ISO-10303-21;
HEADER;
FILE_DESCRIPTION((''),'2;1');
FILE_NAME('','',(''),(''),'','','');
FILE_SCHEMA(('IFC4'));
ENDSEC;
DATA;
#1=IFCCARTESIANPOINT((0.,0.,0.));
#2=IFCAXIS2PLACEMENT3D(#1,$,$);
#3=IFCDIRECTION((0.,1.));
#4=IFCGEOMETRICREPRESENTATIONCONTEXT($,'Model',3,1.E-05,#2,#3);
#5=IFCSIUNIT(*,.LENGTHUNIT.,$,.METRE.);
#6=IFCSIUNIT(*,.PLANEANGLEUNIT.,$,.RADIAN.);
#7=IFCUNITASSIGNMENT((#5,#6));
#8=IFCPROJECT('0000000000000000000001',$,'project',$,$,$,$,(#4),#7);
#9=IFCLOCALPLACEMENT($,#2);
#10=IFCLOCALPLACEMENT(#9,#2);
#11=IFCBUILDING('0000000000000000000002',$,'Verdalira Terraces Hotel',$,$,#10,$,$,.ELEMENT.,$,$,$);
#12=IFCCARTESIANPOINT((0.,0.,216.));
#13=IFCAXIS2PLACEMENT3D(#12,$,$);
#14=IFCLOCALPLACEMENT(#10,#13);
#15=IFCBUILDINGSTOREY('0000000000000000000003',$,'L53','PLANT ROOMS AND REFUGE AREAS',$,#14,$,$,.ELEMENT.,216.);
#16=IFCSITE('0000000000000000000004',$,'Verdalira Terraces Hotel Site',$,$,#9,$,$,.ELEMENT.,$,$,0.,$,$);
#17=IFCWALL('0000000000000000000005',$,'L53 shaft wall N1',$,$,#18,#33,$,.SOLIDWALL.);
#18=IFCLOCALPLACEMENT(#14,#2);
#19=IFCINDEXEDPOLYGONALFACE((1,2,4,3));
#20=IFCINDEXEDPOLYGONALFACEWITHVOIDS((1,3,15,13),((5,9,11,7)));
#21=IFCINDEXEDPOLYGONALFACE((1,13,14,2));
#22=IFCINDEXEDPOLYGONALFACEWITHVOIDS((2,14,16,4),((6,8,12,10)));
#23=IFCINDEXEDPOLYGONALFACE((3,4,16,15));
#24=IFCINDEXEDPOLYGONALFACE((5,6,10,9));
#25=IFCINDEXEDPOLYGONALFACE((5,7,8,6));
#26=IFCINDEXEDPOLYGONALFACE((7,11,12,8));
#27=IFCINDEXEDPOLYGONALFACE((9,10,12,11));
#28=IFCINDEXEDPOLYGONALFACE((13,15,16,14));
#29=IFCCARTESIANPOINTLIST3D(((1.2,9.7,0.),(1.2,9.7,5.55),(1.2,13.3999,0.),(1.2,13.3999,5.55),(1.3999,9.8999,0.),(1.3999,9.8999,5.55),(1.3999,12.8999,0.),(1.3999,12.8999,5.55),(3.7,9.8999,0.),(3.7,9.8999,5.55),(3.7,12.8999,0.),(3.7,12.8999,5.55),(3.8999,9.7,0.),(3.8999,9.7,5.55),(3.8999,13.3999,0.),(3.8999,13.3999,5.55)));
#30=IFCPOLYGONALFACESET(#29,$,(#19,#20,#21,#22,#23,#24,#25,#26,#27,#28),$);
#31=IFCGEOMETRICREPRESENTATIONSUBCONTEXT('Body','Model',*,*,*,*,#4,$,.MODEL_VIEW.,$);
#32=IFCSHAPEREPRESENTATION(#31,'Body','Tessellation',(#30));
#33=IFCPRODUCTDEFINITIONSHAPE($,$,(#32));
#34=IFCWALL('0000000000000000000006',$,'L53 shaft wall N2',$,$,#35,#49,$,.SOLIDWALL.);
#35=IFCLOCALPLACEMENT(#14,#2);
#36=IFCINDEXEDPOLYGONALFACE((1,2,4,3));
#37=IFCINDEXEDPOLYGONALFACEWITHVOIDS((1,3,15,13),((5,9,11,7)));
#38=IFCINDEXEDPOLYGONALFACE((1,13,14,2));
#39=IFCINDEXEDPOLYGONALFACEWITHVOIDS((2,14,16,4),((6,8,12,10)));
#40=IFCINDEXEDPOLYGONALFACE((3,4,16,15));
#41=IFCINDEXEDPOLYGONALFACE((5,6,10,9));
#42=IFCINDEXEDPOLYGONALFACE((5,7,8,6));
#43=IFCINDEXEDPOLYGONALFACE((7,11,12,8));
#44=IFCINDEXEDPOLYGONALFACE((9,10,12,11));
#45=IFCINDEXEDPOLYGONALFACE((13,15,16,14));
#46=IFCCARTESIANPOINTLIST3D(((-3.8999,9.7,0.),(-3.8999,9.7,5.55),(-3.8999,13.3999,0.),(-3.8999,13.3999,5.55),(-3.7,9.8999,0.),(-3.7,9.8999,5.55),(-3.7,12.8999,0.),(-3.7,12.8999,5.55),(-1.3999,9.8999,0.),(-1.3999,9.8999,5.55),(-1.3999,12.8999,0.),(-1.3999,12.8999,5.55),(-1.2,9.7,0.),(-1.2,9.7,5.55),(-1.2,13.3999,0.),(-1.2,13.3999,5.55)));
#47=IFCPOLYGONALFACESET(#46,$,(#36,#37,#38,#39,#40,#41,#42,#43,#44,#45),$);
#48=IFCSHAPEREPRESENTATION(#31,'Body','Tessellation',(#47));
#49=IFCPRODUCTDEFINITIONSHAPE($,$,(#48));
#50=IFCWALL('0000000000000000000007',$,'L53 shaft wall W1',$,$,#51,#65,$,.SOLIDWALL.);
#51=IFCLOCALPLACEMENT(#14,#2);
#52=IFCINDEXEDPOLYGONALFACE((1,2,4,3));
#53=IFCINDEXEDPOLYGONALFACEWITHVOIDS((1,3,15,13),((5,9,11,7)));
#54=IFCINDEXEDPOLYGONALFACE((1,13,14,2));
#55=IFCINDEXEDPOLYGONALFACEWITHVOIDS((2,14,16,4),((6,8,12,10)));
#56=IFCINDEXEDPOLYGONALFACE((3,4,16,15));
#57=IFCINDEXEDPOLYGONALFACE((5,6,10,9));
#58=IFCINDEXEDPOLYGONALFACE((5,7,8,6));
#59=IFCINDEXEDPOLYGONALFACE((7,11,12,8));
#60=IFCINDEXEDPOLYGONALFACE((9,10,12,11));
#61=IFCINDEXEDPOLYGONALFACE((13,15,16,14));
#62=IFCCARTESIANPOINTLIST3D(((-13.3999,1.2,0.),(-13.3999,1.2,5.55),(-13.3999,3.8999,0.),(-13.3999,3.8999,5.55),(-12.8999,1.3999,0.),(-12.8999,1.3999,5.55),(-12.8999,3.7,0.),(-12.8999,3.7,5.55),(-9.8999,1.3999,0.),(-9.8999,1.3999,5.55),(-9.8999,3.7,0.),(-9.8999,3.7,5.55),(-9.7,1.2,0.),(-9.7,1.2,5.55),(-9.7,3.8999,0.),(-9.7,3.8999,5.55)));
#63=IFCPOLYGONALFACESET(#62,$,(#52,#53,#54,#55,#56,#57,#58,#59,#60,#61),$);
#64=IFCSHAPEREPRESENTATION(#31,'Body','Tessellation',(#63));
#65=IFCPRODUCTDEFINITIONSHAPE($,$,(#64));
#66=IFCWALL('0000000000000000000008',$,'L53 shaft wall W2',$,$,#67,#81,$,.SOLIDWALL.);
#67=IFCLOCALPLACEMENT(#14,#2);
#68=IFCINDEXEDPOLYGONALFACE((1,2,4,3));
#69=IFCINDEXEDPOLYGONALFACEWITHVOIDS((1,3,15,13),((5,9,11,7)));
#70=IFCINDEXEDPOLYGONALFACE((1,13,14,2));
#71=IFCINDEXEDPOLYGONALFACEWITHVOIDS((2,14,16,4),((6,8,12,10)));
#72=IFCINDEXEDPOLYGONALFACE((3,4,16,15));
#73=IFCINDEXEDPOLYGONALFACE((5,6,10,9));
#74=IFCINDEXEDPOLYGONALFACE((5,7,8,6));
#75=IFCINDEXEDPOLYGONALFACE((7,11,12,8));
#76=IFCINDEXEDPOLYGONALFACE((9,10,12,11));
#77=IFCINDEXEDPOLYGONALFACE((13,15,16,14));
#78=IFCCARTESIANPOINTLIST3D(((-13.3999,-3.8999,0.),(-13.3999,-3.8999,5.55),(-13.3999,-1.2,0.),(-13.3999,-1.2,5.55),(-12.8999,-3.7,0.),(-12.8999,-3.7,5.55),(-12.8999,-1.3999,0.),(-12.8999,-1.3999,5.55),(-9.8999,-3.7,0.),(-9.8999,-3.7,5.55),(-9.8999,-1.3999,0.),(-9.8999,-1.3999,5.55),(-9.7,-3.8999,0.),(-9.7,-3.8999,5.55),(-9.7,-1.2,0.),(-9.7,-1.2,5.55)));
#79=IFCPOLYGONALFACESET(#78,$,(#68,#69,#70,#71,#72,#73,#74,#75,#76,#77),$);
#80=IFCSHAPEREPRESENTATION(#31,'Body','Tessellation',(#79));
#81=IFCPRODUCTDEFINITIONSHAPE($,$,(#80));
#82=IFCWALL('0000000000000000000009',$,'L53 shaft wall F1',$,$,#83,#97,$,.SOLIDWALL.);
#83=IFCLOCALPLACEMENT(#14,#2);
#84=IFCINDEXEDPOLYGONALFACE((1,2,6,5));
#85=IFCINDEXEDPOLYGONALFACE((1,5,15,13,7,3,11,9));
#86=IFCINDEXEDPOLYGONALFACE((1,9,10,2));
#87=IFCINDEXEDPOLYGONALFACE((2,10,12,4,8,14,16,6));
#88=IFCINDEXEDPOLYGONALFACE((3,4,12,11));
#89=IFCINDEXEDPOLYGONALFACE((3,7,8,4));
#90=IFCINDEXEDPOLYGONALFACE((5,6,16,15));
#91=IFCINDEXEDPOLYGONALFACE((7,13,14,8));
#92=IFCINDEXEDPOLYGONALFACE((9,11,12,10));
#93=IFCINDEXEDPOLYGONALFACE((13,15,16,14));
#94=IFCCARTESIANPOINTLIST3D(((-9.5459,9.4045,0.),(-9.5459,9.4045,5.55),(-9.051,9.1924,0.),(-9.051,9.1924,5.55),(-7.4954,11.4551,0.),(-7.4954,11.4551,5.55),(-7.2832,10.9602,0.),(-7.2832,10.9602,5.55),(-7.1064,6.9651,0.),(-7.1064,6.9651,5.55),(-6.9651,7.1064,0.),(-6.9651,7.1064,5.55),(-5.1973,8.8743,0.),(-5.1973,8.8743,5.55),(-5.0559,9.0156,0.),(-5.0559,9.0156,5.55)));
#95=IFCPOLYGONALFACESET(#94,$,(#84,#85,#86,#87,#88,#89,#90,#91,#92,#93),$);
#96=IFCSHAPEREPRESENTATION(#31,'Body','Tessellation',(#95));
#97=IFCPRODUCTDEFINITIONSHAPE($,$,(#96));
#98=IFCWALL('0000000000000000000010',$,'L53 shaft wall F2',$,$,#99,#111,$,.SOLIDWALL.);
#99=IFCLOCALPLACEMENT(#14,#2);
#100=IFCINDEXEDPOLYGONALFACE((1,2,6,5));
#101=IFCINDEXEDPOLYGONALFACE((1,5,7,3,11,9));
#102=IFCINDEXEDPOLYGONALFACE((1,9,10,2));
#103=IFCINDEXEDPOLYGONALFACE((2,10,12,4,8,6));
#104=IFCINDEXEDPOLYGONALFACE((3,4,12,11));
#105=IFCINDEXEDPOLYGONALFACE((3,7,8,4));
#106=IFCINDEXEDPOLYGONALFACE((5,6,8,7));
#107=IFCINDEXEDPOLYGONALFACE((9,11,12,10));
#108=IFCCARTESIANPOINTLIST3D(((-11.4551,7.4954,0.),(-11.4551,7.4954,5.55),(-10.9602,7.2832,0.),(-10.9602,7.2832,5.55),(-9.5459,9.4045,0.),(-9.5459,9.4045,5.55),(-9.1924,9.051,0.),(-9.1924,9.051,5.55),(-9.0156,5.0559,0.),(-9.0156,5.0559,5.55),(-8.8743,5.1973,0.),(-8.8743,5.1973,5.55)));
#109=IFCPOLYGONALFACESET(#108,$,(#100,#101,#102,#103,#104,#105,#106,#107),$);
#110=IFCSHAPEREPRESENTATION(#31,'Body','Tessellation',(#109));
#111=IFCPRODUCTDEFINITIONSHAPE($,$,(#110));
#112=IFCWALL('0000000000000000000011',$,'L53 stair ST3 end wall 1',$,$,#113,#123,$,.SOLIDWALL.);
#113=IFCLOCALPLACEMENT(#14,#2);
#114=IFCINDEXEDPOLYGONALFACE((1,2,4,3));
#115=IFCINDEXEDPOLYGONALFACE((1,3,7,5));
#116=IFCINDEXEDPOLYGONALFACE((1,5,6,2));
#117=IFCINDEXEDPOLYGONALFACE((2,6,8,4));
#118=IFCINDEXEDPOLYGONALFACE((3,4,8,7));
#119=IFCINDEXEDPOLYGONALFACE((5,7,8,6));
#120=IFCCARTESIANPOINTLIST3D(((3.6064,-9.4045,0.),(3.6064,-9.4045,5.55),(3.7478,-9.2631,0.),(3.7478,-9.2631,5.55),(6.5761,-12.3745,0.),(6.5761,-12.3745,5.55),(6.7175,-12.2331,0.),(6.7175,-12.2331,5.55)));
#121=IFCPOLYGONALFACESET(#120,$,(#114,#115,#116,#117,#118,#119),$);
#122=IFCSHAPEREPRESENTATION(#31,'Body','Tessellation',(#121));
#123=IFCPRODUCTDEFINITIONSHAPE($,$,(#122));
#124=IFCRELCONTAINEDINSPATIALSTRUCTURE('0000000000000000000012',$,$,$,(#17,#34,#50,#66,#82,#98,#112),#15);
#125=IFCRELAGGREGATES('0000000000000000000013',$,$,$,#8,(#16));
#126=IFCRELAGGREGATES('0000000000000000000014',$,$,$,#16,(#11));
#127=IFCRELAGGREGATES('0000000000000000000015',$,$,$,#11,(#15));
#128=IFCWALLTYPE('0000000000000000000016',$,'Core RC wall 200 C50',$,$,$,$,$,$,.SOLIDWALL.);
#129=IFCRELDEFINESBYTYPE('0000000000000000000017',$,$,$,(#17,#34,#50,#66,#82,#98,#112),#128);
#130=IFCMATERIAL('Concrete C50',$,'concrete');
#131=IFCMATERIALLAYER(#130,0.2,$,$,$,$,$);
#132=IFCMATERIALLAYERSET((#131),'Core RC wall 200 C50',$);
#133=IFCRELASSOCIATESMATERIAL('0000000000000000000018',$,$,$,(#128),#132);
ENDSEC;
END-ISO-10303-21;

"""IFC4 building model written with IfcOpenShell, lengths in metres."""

from ifc_helpers import new_model, si_unit, direction, frame, frame_2d, origin, place, context, subcontext, project, spatial, polyline, rectangle, outline, extrude, material, layer, layer_set, type_object, element, save


model = new_model("IFC4")

# Units and contexts
model_context = context("Model", 3, precision=1e-05, world=origin(), true_north=direction((0.0, 1.0)))
body_context = subcontext(model_context, "Body", "Model", "MODEL_VIEW")
ifc_project = project(units=[si_unit("LENGTHUNIT", "METRE"), si_unit("PLANEANGLEUNIT", "RADIAN")], contexts=[model_context])

# Site, building, storey
site_placement = place(None, origin())
site = spatial("IfcSite", under=ifc_project, at=site_placement, Name="Verdalira Terraces Hotel Site", CompositionType="ELEMENT", RefElevation=0.0)
building_placement = place(site_placement, origin())
building = spatial("IfcBuilding", under=site, at=building_placement, Name="Verdalira Terraces Hotel", CompositionType="ELEMENT")
storey_placement = place(building_placement, frame((0.0, 0.0, 216.0)))
storey = spatial("IfcBuildingStorey", under=building, at=storey_placement, Name="L53", Description="PLANT ROOMS AND REFUGE AREAS", CompositionType="ELEMENT", Elevation=216.0)

# Walls
ifc_material_1 = material(Name="Concrete C50", Category="concrete")
ifc_layer_1 = layer(ifc_material_1, 0.2)
ifc_layer_set_1 = layer_set([ifc_layer_1], Name="Core RC wall 200 C50")
wall_type_1 = type_object("IfcWallType", Name="Core RC wall 200 C50", PredefinedType="SOLIDWALL", material=ifc_layer_set_1)
wall_1_placement = place(storey_placement, origin())
element("IfcWall", 1, at=wall_1_placement, inside=storey, type_object=wall_type_1, Name="L53 shaft wall N1", PredefinedType="SOLIDWALL", context=body_context, shape_type="SweptSolid", body=[
    extrude(outline(polyline([(1.2, 13.3999), (3.8999, 13.3999), (3.8999, 9.7), (1.2, 9.7), (1.2, 13.3999)]), holes=[polyline([(3.7, 9.8999), (3.7, 12.8999), (1.3999, 12.8999), (1.3999, 9.8999), (3.7, 9.8999)])]), origin(), (0.0, 0.0, 1.0), 5.55),
])
wall_2_placement = place(storey_placement, origin())
element("IfcWall", 2, at=wall_2_placement, inside=storey, type_object=wall_type_1, Name="L53 shaft wall N2", PredefinedType="SOLIDWALL", context=body_context, shape_type="SweptSolid", body=[
    extrude(outline(polyline([(-3.8999, 9.7), (-3.8999, 13.3999), (-1.2, 13.3999), (-1.2, 9.7), (-3.8999, 9.7)]), holes=[polyline([(-1.3999, 12.8999), (-3.7, 12.8999), (-3.7, 9.8999), (-1.3999, 9.8999), (-1.3999, 12.8999)])]), origin(), (0.0, 0.0, 1.0), 5.55),
])
wall_3_placement = place(storey_placement, origin())
element("IfcWall", 3, at=wall_3_placement, inside=storey, type_object=wall_type_1, Name="L53 shaft wall W1", PredefinedType="SOLIDWALL", context=body_context, shape_type="SweptSolid", body=[
    extrude(outline(polyline([(-13.3999, 1.2), (-13.3999, 3.8999), (-9.7, 3.8999), (-9.7, 1.2), (-13.3999, 1.2)]), holes=[polyline([(-9.8999, 3.7), (-12.8999, 3.7), (-12.8999, 1.3999), (-9.8999, 1.3999), (-9.8999, 3.7)])]), origin(), (0.0, 0.0, 1.0), 5.55),
])
wall_4_placement = place(storey_placement, origin())
element("IfcWall", 4, at=wall_4_placement, inside=storey, type_object=wall_type_1, Name="L53 shaft wall W2", PredefinedType="SOLIDWALL", context=body_context, shape_type="SweptSolid", body=[
    extrude(outline(polyline([(-9.7, -3.8999), (-13.3999, -3.8999), (-13.3999, -1.2), (-9.7, -1.2), (-9.7, -3.8999)]), holes=[polyline([(-12.8999, -1.3999), (-12.8999, -3.7), (-9.8999, -3.7), (-9.8999, -1.3999), (-12.8999, -1.3999)])]), origin(), (0.0, 0.0, 1.0), 5.55),
])
wall_5_placement = place(storey_placement, origin())
element("IfcWall", 5, at=wall_5_placement, inside=storey, type_object=wall_type_1, Name="L53 shaft wall F1", PredefinedType="SOLIDWALL", context=body_context, shape_type="SweptSolid", body=[
    extrude(outline(polyline([(-9.5459, 9.4045), (-7.4954, 11.4551), (-5.0559, 9.0156), (-5.1973, 8.8743), (-7.2832, 10.9602), (-9.051, 9.1924), (-6.9651, 7.1064), (-7.1064, 6.9651), (-9.5459, 9.4045)])), origin(), (0.0, 0.0, 1.0), 5.55),
])
wall_6_placement = place(storey_placement, origin())
element("IfcWall", 6, at=wall_6_placement, inside=storey, type_object=wall_type_1, Name="L53 shaft wall F2", PredefinedType="SOLIDWALL", context=body_context, shape_type="SweptSolid", body=[
    extrude(outline(polyline([(-11.4551, 7.4954), (-9.5459, 9.4045), (-9.1924, 9.051), (-10.9602, 7.2832), (-8.8743, 5.1973), (-9.0156, 5.0559), (-11.4551, 7.4954)])), origin(), (0.0, 0.0, 1.0), 5.55),
])
wall_7_placement = place(storey_placement, frame((3.677, -9.3337, 0.0), z_axis=(0.0, 0.0, 1.0), x_axis=(0.707078, -0.707136, 0.0)))
element("IfcWall", 7, at=wall_7_placement, inside=storey, type_object=wall_type_1, Name="L53 stair ST3 end wall 1", PredefinedType="SOLIDWALL", context=body_context, shape_type="SweptSolid", body=[
    extrude(rectangle(XDim=4.2, YDim=0.2, at=frame_2d((2.1001, 0.0))), origin(), (0.0, 0.0, 1.0), 5.55),
])

save(model, "model.ifc")
